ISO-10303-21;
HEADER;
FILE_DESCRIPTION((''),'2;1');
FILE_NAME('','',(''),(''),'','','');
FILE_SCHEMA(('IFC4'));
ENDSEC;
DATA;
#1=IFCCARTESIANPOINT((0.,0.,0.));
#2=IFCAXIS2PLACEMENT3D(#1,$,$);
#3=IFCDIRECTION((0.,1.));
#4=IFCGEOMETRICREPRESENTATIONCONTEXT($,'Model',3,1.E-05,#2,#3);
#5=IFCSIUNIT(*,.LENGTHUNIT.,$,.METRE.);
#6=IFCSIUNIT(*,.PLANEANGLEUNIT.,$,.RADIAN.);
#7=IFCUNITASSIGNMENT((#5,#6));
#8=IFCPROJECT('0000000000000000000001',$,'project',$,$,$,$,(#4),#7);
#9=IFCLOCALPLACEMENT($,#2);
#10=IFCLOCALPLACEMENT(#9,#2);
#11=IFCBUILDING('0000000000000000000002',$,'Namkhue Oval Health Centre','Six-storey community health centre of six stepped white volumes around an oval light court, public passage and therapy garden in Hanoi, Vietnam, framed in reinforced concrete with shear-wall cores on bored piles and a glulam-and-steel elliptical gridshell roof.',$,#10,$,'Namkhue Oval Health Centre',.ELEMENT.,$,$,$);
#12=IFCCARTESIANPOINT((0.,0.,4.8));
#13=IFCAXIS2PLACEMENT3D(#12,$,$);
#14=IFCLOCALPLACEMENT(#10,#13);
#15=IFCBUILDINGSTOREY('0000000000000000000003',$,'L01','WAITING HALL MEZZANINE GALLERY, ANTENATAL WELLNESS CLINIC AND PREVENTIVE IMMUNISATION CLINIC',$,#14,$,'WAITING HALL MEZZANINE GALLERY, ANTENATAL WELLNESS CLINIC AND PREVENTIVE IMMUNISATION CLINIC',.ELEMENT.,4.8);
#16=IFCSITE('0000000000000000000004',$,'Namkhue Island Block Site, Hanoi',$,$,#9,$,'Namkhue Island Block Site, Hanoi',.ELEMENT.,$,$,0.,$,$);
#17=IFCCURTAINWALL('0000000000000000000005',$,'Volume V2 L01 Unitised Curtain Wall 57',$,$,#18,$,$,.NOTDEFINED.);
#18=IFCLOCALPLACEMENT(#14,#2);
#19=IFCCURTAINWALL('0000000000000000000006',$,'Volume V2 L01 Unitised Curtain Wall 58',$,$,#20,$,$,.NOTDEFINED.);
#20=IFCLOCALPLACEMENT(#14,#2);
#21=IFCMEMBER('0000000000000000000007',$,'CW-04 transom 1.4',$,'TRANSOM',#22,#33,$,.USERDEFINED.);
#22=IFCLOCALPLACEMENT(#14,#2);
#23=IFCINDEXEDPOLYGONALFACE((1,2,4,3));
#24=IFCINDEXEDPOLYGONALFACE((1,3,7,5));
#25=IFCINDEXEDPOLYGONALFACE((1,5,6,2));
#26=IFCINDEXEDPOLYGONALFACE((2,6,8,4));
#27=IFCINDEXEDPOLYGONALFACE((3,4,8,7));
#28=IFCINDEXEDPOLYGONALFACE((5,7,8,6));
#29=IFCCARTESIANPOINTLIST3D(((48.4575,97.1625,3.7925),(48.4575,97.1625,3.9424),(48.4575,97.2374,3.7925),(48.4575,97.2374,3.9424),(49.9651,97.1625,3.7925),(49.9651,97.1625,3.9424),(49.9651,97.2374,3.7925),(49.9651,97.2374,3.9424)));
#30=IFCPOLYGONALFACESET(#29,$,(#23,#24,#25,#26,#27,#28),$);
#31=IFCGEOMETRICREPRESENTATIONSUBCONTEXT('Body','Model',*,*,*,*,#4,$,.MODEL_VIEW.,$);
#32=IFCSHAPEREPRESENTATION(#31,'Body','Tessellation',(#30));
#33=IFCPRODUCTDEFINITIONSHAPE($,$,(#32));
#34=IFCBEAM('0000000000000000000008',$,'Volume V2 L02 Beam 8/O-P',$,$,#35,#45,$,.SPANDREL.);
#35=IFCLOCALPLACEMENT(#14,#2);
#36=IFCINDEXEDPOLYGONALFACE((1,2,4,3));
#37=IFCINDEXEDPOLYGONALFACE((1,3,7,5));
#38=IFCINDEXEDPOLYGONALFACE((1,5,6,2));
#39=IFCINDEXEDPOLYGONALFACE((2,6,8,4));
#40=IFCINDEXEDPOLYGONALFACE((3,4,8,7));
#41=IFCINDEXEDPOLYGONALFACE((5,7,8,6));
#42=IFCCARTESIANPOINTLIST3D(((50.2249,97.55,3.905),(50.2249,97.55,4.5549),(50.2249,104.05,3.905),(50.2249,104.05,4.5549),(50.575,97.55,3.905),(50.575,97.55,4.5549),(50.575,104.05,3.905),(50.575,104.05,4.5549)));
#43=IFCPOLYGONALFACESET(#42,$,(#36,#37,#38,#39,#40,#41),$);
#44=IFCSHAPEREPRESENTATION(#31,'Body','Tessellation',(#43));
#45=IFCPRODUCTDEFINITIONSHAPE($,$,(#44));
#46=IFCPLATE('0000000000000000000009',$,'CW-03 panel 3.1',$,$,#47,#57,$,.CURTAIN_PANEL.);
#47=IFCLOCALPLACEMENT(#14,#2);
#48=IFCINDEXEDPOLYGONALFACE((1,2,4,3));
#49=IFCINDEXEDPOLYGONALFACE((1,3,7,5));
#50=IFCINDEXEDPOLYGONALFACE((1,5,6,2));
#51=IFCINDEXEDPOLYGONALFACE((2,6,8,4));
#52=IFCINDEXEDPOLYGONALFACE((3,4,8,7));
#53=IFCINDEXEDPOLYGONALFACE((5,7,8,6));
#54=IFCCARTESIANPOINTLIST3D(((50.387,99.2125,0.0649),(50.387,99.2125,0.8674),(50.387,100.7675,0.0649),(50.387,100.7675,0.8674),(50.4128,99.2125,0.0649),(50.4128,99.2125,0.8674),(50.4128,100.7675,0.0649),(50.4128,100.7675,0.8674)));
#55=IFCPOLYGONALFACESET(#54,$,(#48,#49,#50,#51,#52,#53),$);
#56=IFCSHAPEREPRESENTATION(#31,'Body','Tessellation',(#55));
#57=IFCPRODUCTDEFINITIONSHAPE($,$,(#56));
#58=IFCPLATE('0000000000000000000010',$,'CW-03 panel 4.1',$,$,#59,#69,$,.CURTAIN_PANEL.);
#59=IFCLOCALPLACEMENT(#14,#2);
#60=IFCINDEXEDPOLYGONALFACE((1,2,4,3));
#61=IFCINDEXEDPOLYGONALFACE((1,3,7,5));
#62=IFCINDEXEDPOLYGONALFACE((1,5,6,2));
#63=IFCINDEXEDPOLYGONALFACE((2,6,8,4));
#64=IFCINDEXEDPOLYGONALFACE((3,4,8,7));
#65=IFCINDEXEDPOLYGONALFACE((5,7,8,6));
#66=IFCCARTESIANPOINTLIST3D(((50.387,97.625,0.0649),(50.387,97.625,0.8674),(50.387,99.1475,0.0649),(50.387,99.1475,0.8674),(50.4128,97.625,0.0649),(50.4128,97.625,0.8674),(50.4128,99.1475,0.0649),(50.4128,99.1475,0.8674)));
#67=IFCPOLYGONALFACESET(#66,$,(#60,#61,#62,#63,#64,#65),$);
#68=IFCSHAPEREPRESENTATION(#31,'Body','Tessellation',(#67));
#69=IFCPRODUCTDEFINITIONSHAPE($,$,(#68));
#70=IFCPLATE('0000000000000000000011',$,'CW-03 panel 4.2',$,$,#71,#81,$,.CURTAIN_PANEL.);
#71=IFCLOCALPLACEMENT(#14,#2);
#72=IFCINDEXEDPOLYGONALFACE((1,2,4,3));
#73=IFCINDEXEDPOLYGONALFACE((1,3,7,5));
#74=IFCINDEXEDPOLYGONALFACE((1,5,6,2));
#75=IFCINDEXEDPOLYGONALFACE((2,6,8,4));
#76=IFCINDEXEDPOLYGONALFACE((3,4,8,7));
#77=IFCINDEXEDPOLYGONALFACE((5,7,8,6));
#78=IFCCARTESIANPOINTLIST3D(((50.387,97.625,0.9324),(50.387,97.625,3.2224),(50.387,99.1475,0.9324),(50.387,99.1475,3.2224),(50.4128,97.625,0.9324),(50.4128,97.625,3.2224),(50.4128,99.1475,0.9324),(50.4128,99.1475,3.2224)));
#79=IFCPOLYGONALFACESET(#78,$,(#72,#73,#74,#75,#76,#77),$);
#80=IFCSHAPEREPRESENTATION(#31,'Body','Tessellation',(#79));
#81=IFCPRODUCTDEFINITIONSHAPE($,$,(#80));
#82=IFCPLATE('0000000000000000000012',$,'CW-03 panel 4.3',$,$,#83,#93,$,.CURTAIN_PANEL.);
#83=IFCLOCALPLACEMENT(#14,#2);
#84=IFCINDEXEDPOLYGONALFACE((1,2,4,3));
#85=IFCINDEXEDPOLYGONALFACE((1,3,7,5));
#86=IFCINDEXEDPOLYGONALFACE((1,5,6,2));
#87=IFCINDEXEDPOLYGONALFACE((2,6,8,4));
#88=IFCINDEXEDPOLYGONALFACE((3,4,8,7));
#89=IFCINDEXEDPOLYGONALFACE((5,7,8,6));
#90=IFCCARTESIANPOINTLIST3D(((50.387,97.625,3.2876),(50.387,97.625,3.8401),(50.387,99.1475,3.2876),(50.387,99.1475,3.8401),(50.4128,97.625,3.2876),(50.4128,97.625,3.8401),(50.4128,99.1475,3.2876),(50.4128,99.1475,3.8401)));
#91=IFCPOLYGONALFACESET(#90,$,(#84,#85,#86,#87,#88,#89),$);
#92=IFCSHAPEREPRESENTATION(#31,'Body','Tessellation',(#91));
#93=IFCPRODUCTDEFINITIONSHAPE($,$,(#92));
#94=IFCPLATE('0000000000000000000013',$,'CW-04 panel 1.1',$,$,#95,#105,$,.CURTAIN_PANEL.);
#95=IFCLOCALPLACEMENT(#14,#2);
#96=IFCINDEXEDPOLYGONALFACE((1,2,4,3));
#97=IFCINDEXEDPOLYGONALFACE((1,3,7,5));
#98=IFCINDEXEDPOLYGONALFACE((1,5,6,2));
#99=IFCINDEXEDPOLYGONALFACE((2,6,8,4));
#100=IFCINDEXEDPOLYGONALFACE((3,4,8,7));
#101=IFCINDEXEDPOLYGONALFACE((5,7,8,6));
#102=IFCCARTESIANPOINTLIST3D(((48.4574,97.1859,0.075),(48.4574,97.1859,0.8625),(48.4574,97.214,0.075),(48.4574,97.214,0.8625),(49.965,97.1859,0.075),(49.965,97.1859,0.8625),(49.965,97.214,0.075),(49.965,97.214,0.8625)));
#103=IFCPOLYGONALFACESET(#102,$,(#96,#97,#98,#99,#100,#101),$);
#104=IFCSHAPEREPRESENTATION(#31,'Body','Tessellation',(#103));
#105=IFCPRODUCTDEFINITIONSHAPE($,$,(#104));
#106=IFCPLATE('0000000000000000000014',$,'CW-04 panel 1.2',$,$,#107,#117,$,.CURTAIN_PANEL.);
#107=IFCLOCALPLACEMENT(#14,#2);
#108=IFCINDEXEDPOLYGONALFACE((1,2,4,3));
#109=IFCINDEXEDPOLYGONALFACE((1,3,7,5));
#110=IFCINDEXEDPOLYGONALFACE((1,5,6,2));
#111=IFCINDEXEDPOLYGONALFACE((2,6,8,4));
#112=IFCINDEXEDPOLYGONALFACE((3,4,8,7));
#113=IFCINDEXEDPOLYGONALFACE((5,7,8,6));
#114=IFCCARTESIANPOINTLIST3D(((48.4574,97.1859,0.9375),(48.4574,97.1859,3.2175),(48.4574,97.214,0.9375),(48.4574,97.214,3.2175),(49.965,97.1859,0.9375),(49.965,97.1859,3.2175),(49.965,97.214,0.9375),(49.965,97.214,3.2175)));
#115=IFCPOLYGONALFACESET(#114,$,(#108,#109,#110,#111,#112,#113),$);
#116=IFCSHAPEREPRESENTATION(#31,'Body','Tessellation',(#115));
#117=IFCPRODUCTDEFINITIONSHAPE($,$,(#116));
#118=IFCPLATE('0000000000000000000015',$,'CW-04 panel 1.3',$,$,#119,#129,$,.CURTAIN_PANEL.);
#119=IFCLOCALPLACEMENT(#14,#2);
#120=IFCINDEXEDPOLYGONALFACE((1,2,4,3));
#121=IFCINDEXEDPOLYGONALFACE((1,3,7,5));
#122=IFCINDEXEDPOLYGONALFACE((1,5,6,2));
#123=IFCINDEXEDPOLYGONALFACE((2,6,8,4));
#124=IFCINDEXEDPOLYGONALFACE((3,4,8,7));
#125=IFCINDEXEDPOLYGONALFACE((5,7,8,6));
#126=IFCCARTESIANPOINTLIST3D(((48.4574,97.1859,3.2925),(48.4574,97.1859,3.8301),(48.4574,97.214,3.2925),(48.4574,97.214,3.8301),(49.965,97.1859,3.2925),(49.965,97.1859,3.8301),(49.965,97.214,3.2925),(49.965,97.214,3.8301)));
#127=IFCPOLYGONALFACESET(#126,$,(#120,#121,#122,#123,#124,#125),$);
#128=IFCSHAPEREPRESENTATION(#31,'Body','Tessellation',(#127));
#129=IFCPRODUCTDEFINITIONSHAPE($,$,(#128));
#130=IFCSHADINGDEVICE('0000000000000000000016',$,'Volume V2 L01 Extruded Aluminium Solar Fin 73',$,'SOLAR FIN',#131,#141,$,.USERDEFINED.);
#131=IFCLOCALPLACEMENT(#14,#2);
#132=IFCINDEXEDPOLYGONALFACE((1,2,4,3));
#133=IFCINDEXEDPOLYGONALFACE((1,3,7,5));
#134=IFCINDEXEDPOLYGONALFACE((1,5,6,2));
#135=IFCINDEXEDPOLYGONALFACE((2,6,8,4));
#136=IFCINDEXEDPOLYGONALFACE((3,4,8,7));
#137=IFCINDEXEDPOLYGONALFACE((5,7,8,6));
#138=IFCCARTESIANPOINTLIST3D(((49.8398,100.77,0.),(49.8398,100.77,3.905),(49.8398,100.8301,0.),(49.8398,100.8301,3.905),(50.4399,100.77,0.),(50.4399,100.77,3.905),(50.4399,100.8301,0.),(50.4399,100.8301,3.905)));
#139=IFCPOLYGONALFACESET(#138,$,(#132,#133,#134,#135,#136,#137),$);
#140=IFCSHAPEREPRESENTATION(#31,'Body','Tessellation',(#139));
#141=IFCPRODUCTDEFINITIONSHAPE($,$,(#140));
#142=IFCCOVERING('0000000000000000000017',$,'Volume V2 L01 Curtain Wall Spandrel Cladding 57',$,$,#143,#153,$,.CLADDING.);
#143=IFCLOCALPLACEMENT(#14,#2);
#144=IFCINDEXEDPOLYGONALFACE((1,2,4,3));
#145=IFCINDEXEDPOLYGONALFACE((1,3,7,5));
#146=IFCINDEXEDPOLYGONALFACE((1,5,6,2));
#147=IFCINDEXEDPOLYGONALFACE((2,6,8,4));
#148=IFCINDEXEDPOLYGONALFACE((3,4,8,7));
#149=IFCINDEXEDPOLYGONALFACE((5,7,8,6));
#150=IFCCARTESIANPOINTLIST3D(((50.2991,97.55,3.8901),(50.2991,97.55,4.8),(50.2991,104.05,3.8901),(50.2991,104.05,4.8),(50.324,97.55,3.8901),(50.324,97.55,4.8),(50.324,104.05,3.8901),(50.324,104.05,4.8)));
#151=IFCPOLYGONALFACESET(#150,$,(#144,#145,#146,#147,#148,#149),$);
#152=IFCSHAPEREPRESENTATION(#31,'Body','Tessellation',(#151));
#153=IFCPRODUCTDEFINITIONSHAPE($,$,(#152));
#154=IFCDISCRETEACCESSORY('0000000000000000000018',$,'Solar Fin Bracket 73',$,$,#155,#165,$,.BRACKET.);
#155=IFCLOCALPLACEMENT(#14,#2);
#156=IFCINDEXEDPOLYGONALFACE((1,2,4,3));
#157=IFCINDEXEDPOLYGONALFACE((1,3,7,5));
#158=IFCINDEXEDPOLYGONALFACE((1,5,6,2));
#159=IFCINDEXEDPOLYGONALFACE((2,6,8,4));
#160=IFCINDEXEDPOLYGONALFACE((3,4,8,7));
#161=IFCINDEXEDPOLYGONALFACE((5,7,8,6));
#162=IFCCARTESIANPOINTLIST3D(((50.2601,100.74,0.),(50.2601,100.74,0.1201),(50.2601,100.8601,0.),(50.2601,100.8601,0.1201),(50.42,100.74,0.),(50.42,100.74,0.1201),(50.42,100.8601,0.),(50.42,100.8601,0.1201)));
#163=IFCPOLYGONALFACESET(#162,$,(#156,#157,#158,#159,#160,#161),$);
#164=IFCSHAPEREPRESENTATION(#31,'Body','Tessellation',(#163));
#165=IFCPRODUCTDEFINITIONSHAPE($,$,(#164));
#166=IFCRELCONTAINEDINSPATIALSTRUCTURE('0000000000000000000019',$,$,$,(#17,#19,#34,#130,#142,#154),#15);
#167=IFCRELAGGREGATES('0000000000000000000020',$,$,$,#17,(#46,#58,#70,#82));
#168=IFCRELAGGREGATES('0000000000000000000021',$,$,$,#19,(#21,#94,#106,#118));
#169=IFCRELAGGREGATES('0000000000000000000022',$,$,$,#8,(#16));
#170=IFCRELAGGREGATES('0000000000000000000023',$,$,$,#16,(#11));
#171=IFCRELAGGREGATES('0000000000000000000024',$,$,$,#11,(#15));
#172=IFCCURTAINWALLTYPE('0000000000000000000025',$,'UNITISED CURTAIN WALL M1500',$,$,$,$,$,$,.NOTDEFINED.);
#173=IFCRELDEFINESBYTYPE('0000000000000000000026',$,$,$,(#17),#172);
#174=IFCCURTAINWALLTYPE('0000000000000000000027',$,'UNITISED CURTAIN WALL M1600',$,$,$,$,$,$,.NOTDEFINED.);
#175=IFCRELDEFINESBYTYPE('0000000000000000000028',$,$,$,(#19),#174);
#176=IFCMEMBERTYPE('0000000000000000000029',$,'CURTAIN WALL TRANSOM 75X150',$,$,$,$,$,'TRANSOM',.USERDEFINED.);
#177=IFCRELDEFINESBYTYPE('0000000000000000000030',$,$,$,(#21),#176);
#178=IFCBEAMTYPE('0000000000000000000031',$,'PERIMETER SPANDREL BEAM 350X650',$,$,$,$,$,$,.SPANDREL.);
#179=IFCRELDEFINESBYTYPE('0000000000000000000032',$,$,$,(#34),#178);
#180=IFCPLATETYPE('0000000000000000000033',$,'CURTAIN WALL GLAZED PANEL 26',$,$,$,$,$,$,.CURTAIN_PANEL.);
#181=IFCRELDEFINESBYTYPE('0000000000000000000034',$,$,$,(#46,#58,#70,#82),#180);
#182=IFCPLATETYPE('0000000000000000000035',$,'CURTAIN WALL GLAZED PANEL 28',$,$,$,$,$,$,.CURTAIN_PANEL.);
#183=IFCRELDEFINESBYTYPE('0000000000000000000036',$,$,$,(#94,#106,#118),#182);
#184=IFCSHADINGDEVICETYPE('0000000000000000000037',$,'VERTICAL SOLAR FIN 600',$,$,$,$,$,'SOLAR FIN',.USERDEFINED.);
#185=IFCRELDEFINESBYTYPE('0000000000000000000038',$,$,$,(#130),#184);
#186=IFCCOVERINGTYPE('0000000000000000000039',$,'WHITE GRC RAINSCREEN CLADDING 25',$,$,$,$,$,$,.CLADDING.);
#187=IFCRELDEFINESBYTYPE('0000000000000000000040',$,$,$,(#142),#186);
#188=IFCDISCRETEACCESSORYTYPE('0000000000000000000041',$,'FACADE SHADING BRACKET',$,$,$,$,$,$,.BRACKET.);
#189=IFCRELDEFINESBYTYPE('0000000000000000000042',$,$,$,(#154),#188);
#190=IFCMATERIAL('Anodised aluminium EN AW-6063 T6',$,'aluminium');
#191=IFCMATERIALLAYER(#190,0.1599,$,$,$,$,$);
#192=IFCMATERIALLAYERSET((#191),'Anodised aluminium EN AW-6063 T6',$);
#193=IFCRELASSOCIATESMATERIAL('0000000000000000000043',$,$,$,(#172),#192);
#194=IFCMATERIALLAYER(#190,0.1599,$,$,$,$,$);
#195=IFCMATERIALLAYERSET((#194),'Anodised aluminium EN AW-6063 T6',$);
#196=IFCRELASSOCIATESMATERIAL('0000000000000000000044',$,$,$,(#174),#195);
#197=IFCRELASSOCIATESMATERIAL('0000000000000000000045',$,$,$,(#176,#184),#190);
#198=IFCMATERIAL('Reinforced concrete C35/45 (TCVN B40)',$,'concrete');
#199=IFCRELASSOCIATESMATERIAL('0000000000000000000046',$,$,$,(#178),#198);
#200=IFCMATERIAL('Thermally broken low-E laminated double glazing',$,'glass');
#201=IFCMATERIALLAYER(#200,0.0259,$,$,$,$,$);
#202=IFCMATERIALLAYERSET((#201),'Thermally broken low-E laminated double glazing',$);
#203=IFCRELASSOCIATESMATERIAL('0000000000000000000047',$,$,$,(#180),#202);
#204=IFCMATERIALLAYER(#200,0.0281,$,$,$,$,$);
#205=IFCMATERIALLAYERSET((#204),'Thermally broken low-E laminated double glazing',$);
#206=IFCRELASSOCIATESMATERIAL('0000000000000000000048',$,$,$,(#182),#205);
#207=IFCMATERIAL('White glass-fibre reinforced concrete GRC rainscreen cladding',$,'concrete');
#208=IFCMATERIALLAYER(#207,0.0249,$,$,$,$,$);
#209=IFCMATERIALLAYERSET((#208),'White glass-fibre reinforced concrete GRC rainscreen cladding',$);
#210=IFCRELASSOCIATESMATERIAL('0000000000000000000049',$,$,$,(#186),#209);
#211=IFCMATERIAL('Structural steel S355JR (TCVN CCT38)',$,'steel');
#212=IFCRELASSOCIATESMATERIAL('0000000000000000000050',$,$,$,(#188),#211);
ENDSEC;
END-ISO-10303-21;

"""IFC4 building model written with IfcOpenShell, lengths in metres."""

from ifc_helpers import new_model, si_unit, direction, frame, origin, origin_2d, place, context, subcontext, project, spatial, rectangle, extrude, material, layer, layer_set, material_profile, profile_set, type_object, element, aggregate, save


model = new_model("IFC4")

# Units and contexts
model_context = context("Model", 3, precision=1e-05, world=origin(), true_north=direction((0.0, 1.0)))
body_context = subcontext(model_context, "Body", "Model", "MODEL_VIEW")
ifc_project = project(units=[si_unit("LENGTHUNIT", "METRE"), si_unit("PLANEANGLEUNIT", "RADIAN")], contexts=[model_context])

# Site, building, storey
site_placement = place(None, origin())
site = spatial("IfcSite", under=ifc_project, at=site_placement, Name="Namkhue Island Block Site, Hanoi", LongName="Namkhue Island Block Site, Hanoi", CompositionType="ELEMENT", RefElevation=0.0)
building_placement = place(site_placement, origin())
building = spatial("IfcBuilding", under=site, at=building_placement, Name="Namkhue Oval Health Centre", Description="Six-storey community health centre of six stepped white volumes around an oval light court, public passage and therapy garden in Hanoi, Vietnam, framed in reinforced concrete with shear-wall cores on bored piles and a glulam-and-steel elliptical gridshell roof.", LongName="Namkhue Oval Health Centre", CompositionType="ELEMENT")
storey_placement = place(building_placement, frame((0.0, 0.0, 4.8)))
storey = spatial("IfcBuildingStorey", under=building, at=storey_placement, Name="L01", Description="WAITING HALL MEZZANINE GALLERY, ANTENATAL WELLNESS CLINIC AND PREVENTIVE IMMUNISATION CLINIC", LongName="WAITING HALL MEZZANINE GALLERY, ANTENATAL WELLNESS CLINIC AND PREVENTIVE IMMUNISATION CLINIC", CompositionType="ELEMENT", Elevation=4.8)

# Shared definitions
ifc_material_1 = material(Name="Reinforced concrete C35/45 (TCVN B40)", Category="concrete")

# Curtain walls
ifc_material_2 = material(Name="Anodised aluminium EN AW-6063 T6", Category="aluminium")
ifc_layer_1 = layer(ifc_material_2, 0.1599)
ifc_layer_set_1 = layer_set([ifc_layer_1], Name="Anodised aluminium EN AW-6063 T6")
curtain_wall_type_1 = type_object("IfcCurtainWallType", Name="UNITISED CURTAIN WALL M1500", PredefinedType="NOTDEFINED", material=ifc_layer_set_1)
curtain_wall_1_placement = place(storey_placement, origin())
curtain_wall_1 = element("IfcCurtainWall", 1, at=curtain_wall_1_placement, inside=storey, type_object=curtain_wall_type_1, Name="Volume V2 L01 Unitised Curtain Wall 57", PredefinedType="NOTDEFINED")
ifc_layer_2 = layer(ifc_material_2, 0.1599)
ifc_layer_set_2 = layer_set([ifc_layer_2], Name="Anodised aluminium EN AW-6063 T6")
curtain_wall_type_2 = type_object("IfcCurtainWallType", Name="UNITISED CURTAIN WALL M1600", PredefinedType="NOTDEFINED", material=ifc_layer_set_2)
curtain_wall_2_placement = place(storey_placement, origin())
curtain_wall_2 = element("IfcCurtainWall", 2, at=curtain_wall_2_placement, inside=storey, type_object=curtain_wall_type_2, Name="Volume V2 L01 Unitised Curtain Wall 58", PredefinedType="NOTDEFINED")

# Member
ifc_material_profile_1 = material_profile(ifc_material_2, rectangle(XDim=0.075, YDim=0.1499, at=origin_2d()), Name="ALU 75x150")
ifc_profile_set_1 = profile_set([ifc_material_profile_1], Name="Anodised aluminium EN AW-6063 T6")
member_type_1 = type_object("IfcMemberType", Name="CURTAIN WALL TRANSOM 75X150", ElementType="TRANSOM", PredefinedType="USERDEFINED", material=ifc_profile_set_1)
member_1_placement = place(storey_placement, frame((49.9651, 97.2, 3.8674), z_axis=(-1.0, 0.0, 0.0), x_axis=(0.0, -1.0, 0.0)))
member_1 = element("IfcMember", 3, at=member_1_placement, type_object=member_type_1, Name="CW-04 transom 1.4", ObjectType="TRANSOM", PredefinedType="USERDEFINED", context=body_context, shape_type="SweptSolid", body=[
    extrude(rectangle(XDim=0.075, YDim=0.1499, at=origin_2d()), origin(), (0.0, 0.0, 1.0), 1.5076),
])

# Beam
ifc_material_profile_2 = material_profile(ifc_material_1, rectangle(XDim=0.3501, YDim=0.6499, at=origin_2d()), Name="RC 350x650")
ifc_profile_set_2 = profile_set([ifc_material_profile_2], Name="Reinforced concrete C35/45 (TCVN B40)")
beam_type = type_object("IfcBeamType", Name="PERIMETER SPANDREL BEAM 350X650", PredefinedType="SPANDREL", material=ifc_profile_set_2)
beam_placement = place(storey_placement, frame((50.3999, 97.55, 4.23), z_axis=(0.0, 1.0, 0.0), x_axis=(-1.0, 0.0, 0.0)))
element("IfcBeam", 4, at=beam_placement, inside=storey, type_object=beam_type, Name="Volume V2 L02 Beam 8/O-P", PredefinedType="SPANDREL", context=body_context, shape_type="SweptSolid", body=[
    extrude(rectangle(XDim=0.3501, YDim=0.6499, at=origin_2d()), origin(), (0.0, 0.0, 1.0), 6.5),
])

# Plates
ifc_material_3 = material(Name="Thermally broken low-E laminated double glazing", Category="glass")
ifc_layer_3 = layer(ifc_material_3, 0.0259)
ifc_layer_set_3 = layer_set([ifc_layer_3], Name="Thermally broken low-E laminated double glazing")
plate_type_1 = type_object("IfcPlateType", Name="CURTAIN WALL GLAZED PANEL 26", PredefinedType="CURTAIN_PANEL", material=ifc_layer_set_3)
plate_1_placement = place(storey_placement, frame((50.3999, 99.99, 0.0649), z_axis=(0.0, 0.0, 1.0), x_axis=(0.0, -1.0, 0.0)))
plate_1 = element("IfcPlate", 5, at=plate_1_placement, type_object=plate_type_1, Name="CW-03 panel 3.1", PredefinedType="CURTAIN_PANEL", context=body_context, shape_type="SweptSolid", body=[
    extrude(rectangle(XDim=1.5549, YDim=0.0259, at=origin_2d()), origin(), (0.0, 0.0, 1.0), 0.8025),
])
plate_2_placement = place(storey_placement, frame((50.3999, 98.3862, 0.0649), z_axis=(0.0, 0.0, 1.0), x_axis=(0.0, -1.0, 0.0)))
plate_2 = element("IfcPlate", 6, at=plate_2_placement, type_object=plate_type_1, Name="CW-03 panel 4.1", PredefinedType="CURTAIN_PANEL", context=body_context, shape_type="SweptSolid", body=[
    extrude(rectangle(XDim=1.5225, YDim=0.0259, at=origin_2d()), origin(), (0.0, 0.0, 1.0), 0.8025),
])
plate_3_placement = place(storey_placement, frame((50.3999, 98.3862, 0.9324), z_axis=(0.0, 0.0, 1.0), x_axis=(0.0, -1.0, 0.0)))
plate_3 = element("IfcPlate", 7, at=plate_3_placement, type_object=plate_type_1, Name="CW-03 panel 4.2", PredefinedType="CURTAIN_PANEL", context=body_context, shape_type="SweptSolid", body=[
    extrude(rectangle(XDim=1.5225, YDim=0.0259, at=origin_2d()), origin(), (0.0, 0.0, 1.0), 2.29),
])
plate_4_placement = place(storey_placement, frame((50.3999, 98.3862, 3.2876), z_axis=(0.0, 0.0, 1.0), x_axis=(0.0, -1.0, 0.0)))
plate_4 = element("IfcPlate", 8, at=plate_4_placement, type_object=plate_type_1, Name="CW-03 panel 4.3", PredefinedType="CURTAIN_PANEL", context=body_context, shape_type="SweptSolid", body=[
    extrude(rectangle(XDim=1.5225, YDim=0.0259, at=origin_2d()), origin(), (0.0, 0.0, 1.0), 0.5525),
])
aggregate(curtain_wall_1, [plate_1, plate_2, plate_3, plate_4])
ifc_layer_4 = layer(ifc_material_3, 0.0281)
ifc_layer_set_4 = layer_set([ifc_layer_4], Name="Thermally broken low-E laminated double glazing")
plate_type_2 = type_object("IfcPlateType", Name="CURTAIN WALL GLAZED PANEL 28", PredefinedType="CURTAIN_PANEL", material=ifc_layer_set_4)
plate_5_placement = place(storey_placement, frame((49.2112, 97.2, 0.075), z_axis=(0.0, 0.0, 1.0), x_axis=(-1.0, 0.0, 0.0)))
plate_5 = element("IfcPlate", 9, at=plate_5_placement, type_object=plate_type_2, Name="CW-04 panel 1.1", PredefinedType="CURTAIN_PANEL", context=body_context, shape_type="SweptSolid", body=[
    extrude(rectangle(XDim=1.5076, YDim=0.0281, at=origin_2d()), origin(), (0.0, 0.0, 1.0), 0.7876),
])
plate_6_placement = place(storey_placement, frame((49.2112, 97.2, 0.9375), z_axis=(0.0, 0.0, 1.0), x_axis=(-1.0, 0.0, 0.0)))
plate_6 = element("IfcPlate", 10, at=plate_6_placement, type_object=plate_type_2, Name="CW-04 panel 1.2", PredefinedType="CURTAIN_PANEL", context=body_context, shape_type="SweptSolid", body=[
    extrude(rectangle(XDim=1.5076, YDim=0.0281, at=origin_2d()), origin(), (0.0, 0.0, 1.0), 2.28),
])
plate_7_placement = place(storey_placement, frame((49.2112, 97.2, 3.2925), z_axis=(0.0, 0.0, 1.0), x_axis=(-1.0, 0.0, 0.0)))
plate_7 = element("IfcPlate", 11, at=plate_7_placement, type_object=plate_type_2, Name="CW-04 panel 1.3", PredefinedType="CURTAIN_PANEL", context=body_context, shape_type="SweptSolid", body=[
    extrude(rectangle(XDim=1.5076, YDim=0.0281, at=origin_2d()), origin(), (0.0, 0.0, 1.0), 0.5376),
])
aggregate(curtain_wall_2, [member_1, plate_5, plate_6, plate_7])

# Shading device
shading_device_type = type_object("IfcShadingDeviceType", Name="VERTICAL SOLAR FIN 600", ElementType="SOLAR FIN", PredefinedType="USERDEFINED", material=ifc_material_2)
shading_device_placement = place(storey_placement, frame((50.1399, 100.8, 0.0), z_axis=(0.0, 0.0, 1.0), x_axis=(-1.0, 0.0, 0.0)))
element("IfcShadingDevice", 12, at=shading_device_placement, inside=storey, type_object=shading_device_type, Name="Volume V2 L01 Extruded Aluminium Solar Fin 73", ObjectType="SOLAR FIN", PredefinedType="USERDEFINED", context=body_context, shape_type="SweptSolid", body=[
    extrude(rectangle(XDim=0.6001, YDim=0.0601, at=origin_2d()), origin(), (0.0, 0.0, 1.0), 3.905),
])

# Covering
ifc_material_4 = material(Name="White glass-fibre reinforced concrete GRC rainscreen cladding", Category="concrete")
ifc_layer_5 = layer(ifc_material_4, 0.0249)
ifc_layer_set_5 = layer_set([ifc_layer_5], Name="White glass-fibre reinforced concrete GRC rainscreen cladding")
covering_type = type_object("IfcCoveringType", Name="WHITE GRC RAINSCREEN CLADDING 25", PredefinedType="CLADDING", material=ifc_layer_set_5)
covering_placement = place(storey_placement, frame((50.3115, 100.8, 3.8901), z_axis=(0.0, 0.0, 1.0), x_axis=(0.0, -1.0, 0.0)))
element("IfcCovering", 13, at=covering_placement, inside=storey, type_object=covering_type, Name="Volume V2 L01 Curtain Wall Spandrel Cladding 57", PredefinedType="CLADDING", context=body_context, shape_type="SweptSolid", body=[
    extrude(rectangle(XDim=6.5, YDim=0.0249, at=origin_2d()), origin(), (0.0, 0.0, 1.0), 0.9099),
])

# Discrete accessory
ifc_material_5 = material(Name="Structural steel S355JR (TCVN CCT38)", Category="steel")
discrete_accessory_type = type_object("IfcDiscreteAccessoryType", Name="FACADE SHADING BRACKET", PredefinedType="BRACKET", material=ifc_material_5)
discrete_accessory_placement = place(storey_placement, frame((50.3401, 100.8, 0.0), z_axis=(0.0, 0.0, 1.0), x_axis=(-1.0, 0.0, 0.0)))
element("IfcDiscreteAccessory", 14, at=discrete_accessory_placement, inside=storey, type_object=discrete_accessory_type, Name="Solar Fin Bracket 73", PredefinedType="BRACKET", context=body_context, shape_type="SweptSolid", body=[
    extrude(rectangle(XDim=0.1599, YDim=0.1201, at=origin_2d()), origin(), (0.0, 0.0, 1.0), 0.1201),
])

save(model, "model.ifc")
